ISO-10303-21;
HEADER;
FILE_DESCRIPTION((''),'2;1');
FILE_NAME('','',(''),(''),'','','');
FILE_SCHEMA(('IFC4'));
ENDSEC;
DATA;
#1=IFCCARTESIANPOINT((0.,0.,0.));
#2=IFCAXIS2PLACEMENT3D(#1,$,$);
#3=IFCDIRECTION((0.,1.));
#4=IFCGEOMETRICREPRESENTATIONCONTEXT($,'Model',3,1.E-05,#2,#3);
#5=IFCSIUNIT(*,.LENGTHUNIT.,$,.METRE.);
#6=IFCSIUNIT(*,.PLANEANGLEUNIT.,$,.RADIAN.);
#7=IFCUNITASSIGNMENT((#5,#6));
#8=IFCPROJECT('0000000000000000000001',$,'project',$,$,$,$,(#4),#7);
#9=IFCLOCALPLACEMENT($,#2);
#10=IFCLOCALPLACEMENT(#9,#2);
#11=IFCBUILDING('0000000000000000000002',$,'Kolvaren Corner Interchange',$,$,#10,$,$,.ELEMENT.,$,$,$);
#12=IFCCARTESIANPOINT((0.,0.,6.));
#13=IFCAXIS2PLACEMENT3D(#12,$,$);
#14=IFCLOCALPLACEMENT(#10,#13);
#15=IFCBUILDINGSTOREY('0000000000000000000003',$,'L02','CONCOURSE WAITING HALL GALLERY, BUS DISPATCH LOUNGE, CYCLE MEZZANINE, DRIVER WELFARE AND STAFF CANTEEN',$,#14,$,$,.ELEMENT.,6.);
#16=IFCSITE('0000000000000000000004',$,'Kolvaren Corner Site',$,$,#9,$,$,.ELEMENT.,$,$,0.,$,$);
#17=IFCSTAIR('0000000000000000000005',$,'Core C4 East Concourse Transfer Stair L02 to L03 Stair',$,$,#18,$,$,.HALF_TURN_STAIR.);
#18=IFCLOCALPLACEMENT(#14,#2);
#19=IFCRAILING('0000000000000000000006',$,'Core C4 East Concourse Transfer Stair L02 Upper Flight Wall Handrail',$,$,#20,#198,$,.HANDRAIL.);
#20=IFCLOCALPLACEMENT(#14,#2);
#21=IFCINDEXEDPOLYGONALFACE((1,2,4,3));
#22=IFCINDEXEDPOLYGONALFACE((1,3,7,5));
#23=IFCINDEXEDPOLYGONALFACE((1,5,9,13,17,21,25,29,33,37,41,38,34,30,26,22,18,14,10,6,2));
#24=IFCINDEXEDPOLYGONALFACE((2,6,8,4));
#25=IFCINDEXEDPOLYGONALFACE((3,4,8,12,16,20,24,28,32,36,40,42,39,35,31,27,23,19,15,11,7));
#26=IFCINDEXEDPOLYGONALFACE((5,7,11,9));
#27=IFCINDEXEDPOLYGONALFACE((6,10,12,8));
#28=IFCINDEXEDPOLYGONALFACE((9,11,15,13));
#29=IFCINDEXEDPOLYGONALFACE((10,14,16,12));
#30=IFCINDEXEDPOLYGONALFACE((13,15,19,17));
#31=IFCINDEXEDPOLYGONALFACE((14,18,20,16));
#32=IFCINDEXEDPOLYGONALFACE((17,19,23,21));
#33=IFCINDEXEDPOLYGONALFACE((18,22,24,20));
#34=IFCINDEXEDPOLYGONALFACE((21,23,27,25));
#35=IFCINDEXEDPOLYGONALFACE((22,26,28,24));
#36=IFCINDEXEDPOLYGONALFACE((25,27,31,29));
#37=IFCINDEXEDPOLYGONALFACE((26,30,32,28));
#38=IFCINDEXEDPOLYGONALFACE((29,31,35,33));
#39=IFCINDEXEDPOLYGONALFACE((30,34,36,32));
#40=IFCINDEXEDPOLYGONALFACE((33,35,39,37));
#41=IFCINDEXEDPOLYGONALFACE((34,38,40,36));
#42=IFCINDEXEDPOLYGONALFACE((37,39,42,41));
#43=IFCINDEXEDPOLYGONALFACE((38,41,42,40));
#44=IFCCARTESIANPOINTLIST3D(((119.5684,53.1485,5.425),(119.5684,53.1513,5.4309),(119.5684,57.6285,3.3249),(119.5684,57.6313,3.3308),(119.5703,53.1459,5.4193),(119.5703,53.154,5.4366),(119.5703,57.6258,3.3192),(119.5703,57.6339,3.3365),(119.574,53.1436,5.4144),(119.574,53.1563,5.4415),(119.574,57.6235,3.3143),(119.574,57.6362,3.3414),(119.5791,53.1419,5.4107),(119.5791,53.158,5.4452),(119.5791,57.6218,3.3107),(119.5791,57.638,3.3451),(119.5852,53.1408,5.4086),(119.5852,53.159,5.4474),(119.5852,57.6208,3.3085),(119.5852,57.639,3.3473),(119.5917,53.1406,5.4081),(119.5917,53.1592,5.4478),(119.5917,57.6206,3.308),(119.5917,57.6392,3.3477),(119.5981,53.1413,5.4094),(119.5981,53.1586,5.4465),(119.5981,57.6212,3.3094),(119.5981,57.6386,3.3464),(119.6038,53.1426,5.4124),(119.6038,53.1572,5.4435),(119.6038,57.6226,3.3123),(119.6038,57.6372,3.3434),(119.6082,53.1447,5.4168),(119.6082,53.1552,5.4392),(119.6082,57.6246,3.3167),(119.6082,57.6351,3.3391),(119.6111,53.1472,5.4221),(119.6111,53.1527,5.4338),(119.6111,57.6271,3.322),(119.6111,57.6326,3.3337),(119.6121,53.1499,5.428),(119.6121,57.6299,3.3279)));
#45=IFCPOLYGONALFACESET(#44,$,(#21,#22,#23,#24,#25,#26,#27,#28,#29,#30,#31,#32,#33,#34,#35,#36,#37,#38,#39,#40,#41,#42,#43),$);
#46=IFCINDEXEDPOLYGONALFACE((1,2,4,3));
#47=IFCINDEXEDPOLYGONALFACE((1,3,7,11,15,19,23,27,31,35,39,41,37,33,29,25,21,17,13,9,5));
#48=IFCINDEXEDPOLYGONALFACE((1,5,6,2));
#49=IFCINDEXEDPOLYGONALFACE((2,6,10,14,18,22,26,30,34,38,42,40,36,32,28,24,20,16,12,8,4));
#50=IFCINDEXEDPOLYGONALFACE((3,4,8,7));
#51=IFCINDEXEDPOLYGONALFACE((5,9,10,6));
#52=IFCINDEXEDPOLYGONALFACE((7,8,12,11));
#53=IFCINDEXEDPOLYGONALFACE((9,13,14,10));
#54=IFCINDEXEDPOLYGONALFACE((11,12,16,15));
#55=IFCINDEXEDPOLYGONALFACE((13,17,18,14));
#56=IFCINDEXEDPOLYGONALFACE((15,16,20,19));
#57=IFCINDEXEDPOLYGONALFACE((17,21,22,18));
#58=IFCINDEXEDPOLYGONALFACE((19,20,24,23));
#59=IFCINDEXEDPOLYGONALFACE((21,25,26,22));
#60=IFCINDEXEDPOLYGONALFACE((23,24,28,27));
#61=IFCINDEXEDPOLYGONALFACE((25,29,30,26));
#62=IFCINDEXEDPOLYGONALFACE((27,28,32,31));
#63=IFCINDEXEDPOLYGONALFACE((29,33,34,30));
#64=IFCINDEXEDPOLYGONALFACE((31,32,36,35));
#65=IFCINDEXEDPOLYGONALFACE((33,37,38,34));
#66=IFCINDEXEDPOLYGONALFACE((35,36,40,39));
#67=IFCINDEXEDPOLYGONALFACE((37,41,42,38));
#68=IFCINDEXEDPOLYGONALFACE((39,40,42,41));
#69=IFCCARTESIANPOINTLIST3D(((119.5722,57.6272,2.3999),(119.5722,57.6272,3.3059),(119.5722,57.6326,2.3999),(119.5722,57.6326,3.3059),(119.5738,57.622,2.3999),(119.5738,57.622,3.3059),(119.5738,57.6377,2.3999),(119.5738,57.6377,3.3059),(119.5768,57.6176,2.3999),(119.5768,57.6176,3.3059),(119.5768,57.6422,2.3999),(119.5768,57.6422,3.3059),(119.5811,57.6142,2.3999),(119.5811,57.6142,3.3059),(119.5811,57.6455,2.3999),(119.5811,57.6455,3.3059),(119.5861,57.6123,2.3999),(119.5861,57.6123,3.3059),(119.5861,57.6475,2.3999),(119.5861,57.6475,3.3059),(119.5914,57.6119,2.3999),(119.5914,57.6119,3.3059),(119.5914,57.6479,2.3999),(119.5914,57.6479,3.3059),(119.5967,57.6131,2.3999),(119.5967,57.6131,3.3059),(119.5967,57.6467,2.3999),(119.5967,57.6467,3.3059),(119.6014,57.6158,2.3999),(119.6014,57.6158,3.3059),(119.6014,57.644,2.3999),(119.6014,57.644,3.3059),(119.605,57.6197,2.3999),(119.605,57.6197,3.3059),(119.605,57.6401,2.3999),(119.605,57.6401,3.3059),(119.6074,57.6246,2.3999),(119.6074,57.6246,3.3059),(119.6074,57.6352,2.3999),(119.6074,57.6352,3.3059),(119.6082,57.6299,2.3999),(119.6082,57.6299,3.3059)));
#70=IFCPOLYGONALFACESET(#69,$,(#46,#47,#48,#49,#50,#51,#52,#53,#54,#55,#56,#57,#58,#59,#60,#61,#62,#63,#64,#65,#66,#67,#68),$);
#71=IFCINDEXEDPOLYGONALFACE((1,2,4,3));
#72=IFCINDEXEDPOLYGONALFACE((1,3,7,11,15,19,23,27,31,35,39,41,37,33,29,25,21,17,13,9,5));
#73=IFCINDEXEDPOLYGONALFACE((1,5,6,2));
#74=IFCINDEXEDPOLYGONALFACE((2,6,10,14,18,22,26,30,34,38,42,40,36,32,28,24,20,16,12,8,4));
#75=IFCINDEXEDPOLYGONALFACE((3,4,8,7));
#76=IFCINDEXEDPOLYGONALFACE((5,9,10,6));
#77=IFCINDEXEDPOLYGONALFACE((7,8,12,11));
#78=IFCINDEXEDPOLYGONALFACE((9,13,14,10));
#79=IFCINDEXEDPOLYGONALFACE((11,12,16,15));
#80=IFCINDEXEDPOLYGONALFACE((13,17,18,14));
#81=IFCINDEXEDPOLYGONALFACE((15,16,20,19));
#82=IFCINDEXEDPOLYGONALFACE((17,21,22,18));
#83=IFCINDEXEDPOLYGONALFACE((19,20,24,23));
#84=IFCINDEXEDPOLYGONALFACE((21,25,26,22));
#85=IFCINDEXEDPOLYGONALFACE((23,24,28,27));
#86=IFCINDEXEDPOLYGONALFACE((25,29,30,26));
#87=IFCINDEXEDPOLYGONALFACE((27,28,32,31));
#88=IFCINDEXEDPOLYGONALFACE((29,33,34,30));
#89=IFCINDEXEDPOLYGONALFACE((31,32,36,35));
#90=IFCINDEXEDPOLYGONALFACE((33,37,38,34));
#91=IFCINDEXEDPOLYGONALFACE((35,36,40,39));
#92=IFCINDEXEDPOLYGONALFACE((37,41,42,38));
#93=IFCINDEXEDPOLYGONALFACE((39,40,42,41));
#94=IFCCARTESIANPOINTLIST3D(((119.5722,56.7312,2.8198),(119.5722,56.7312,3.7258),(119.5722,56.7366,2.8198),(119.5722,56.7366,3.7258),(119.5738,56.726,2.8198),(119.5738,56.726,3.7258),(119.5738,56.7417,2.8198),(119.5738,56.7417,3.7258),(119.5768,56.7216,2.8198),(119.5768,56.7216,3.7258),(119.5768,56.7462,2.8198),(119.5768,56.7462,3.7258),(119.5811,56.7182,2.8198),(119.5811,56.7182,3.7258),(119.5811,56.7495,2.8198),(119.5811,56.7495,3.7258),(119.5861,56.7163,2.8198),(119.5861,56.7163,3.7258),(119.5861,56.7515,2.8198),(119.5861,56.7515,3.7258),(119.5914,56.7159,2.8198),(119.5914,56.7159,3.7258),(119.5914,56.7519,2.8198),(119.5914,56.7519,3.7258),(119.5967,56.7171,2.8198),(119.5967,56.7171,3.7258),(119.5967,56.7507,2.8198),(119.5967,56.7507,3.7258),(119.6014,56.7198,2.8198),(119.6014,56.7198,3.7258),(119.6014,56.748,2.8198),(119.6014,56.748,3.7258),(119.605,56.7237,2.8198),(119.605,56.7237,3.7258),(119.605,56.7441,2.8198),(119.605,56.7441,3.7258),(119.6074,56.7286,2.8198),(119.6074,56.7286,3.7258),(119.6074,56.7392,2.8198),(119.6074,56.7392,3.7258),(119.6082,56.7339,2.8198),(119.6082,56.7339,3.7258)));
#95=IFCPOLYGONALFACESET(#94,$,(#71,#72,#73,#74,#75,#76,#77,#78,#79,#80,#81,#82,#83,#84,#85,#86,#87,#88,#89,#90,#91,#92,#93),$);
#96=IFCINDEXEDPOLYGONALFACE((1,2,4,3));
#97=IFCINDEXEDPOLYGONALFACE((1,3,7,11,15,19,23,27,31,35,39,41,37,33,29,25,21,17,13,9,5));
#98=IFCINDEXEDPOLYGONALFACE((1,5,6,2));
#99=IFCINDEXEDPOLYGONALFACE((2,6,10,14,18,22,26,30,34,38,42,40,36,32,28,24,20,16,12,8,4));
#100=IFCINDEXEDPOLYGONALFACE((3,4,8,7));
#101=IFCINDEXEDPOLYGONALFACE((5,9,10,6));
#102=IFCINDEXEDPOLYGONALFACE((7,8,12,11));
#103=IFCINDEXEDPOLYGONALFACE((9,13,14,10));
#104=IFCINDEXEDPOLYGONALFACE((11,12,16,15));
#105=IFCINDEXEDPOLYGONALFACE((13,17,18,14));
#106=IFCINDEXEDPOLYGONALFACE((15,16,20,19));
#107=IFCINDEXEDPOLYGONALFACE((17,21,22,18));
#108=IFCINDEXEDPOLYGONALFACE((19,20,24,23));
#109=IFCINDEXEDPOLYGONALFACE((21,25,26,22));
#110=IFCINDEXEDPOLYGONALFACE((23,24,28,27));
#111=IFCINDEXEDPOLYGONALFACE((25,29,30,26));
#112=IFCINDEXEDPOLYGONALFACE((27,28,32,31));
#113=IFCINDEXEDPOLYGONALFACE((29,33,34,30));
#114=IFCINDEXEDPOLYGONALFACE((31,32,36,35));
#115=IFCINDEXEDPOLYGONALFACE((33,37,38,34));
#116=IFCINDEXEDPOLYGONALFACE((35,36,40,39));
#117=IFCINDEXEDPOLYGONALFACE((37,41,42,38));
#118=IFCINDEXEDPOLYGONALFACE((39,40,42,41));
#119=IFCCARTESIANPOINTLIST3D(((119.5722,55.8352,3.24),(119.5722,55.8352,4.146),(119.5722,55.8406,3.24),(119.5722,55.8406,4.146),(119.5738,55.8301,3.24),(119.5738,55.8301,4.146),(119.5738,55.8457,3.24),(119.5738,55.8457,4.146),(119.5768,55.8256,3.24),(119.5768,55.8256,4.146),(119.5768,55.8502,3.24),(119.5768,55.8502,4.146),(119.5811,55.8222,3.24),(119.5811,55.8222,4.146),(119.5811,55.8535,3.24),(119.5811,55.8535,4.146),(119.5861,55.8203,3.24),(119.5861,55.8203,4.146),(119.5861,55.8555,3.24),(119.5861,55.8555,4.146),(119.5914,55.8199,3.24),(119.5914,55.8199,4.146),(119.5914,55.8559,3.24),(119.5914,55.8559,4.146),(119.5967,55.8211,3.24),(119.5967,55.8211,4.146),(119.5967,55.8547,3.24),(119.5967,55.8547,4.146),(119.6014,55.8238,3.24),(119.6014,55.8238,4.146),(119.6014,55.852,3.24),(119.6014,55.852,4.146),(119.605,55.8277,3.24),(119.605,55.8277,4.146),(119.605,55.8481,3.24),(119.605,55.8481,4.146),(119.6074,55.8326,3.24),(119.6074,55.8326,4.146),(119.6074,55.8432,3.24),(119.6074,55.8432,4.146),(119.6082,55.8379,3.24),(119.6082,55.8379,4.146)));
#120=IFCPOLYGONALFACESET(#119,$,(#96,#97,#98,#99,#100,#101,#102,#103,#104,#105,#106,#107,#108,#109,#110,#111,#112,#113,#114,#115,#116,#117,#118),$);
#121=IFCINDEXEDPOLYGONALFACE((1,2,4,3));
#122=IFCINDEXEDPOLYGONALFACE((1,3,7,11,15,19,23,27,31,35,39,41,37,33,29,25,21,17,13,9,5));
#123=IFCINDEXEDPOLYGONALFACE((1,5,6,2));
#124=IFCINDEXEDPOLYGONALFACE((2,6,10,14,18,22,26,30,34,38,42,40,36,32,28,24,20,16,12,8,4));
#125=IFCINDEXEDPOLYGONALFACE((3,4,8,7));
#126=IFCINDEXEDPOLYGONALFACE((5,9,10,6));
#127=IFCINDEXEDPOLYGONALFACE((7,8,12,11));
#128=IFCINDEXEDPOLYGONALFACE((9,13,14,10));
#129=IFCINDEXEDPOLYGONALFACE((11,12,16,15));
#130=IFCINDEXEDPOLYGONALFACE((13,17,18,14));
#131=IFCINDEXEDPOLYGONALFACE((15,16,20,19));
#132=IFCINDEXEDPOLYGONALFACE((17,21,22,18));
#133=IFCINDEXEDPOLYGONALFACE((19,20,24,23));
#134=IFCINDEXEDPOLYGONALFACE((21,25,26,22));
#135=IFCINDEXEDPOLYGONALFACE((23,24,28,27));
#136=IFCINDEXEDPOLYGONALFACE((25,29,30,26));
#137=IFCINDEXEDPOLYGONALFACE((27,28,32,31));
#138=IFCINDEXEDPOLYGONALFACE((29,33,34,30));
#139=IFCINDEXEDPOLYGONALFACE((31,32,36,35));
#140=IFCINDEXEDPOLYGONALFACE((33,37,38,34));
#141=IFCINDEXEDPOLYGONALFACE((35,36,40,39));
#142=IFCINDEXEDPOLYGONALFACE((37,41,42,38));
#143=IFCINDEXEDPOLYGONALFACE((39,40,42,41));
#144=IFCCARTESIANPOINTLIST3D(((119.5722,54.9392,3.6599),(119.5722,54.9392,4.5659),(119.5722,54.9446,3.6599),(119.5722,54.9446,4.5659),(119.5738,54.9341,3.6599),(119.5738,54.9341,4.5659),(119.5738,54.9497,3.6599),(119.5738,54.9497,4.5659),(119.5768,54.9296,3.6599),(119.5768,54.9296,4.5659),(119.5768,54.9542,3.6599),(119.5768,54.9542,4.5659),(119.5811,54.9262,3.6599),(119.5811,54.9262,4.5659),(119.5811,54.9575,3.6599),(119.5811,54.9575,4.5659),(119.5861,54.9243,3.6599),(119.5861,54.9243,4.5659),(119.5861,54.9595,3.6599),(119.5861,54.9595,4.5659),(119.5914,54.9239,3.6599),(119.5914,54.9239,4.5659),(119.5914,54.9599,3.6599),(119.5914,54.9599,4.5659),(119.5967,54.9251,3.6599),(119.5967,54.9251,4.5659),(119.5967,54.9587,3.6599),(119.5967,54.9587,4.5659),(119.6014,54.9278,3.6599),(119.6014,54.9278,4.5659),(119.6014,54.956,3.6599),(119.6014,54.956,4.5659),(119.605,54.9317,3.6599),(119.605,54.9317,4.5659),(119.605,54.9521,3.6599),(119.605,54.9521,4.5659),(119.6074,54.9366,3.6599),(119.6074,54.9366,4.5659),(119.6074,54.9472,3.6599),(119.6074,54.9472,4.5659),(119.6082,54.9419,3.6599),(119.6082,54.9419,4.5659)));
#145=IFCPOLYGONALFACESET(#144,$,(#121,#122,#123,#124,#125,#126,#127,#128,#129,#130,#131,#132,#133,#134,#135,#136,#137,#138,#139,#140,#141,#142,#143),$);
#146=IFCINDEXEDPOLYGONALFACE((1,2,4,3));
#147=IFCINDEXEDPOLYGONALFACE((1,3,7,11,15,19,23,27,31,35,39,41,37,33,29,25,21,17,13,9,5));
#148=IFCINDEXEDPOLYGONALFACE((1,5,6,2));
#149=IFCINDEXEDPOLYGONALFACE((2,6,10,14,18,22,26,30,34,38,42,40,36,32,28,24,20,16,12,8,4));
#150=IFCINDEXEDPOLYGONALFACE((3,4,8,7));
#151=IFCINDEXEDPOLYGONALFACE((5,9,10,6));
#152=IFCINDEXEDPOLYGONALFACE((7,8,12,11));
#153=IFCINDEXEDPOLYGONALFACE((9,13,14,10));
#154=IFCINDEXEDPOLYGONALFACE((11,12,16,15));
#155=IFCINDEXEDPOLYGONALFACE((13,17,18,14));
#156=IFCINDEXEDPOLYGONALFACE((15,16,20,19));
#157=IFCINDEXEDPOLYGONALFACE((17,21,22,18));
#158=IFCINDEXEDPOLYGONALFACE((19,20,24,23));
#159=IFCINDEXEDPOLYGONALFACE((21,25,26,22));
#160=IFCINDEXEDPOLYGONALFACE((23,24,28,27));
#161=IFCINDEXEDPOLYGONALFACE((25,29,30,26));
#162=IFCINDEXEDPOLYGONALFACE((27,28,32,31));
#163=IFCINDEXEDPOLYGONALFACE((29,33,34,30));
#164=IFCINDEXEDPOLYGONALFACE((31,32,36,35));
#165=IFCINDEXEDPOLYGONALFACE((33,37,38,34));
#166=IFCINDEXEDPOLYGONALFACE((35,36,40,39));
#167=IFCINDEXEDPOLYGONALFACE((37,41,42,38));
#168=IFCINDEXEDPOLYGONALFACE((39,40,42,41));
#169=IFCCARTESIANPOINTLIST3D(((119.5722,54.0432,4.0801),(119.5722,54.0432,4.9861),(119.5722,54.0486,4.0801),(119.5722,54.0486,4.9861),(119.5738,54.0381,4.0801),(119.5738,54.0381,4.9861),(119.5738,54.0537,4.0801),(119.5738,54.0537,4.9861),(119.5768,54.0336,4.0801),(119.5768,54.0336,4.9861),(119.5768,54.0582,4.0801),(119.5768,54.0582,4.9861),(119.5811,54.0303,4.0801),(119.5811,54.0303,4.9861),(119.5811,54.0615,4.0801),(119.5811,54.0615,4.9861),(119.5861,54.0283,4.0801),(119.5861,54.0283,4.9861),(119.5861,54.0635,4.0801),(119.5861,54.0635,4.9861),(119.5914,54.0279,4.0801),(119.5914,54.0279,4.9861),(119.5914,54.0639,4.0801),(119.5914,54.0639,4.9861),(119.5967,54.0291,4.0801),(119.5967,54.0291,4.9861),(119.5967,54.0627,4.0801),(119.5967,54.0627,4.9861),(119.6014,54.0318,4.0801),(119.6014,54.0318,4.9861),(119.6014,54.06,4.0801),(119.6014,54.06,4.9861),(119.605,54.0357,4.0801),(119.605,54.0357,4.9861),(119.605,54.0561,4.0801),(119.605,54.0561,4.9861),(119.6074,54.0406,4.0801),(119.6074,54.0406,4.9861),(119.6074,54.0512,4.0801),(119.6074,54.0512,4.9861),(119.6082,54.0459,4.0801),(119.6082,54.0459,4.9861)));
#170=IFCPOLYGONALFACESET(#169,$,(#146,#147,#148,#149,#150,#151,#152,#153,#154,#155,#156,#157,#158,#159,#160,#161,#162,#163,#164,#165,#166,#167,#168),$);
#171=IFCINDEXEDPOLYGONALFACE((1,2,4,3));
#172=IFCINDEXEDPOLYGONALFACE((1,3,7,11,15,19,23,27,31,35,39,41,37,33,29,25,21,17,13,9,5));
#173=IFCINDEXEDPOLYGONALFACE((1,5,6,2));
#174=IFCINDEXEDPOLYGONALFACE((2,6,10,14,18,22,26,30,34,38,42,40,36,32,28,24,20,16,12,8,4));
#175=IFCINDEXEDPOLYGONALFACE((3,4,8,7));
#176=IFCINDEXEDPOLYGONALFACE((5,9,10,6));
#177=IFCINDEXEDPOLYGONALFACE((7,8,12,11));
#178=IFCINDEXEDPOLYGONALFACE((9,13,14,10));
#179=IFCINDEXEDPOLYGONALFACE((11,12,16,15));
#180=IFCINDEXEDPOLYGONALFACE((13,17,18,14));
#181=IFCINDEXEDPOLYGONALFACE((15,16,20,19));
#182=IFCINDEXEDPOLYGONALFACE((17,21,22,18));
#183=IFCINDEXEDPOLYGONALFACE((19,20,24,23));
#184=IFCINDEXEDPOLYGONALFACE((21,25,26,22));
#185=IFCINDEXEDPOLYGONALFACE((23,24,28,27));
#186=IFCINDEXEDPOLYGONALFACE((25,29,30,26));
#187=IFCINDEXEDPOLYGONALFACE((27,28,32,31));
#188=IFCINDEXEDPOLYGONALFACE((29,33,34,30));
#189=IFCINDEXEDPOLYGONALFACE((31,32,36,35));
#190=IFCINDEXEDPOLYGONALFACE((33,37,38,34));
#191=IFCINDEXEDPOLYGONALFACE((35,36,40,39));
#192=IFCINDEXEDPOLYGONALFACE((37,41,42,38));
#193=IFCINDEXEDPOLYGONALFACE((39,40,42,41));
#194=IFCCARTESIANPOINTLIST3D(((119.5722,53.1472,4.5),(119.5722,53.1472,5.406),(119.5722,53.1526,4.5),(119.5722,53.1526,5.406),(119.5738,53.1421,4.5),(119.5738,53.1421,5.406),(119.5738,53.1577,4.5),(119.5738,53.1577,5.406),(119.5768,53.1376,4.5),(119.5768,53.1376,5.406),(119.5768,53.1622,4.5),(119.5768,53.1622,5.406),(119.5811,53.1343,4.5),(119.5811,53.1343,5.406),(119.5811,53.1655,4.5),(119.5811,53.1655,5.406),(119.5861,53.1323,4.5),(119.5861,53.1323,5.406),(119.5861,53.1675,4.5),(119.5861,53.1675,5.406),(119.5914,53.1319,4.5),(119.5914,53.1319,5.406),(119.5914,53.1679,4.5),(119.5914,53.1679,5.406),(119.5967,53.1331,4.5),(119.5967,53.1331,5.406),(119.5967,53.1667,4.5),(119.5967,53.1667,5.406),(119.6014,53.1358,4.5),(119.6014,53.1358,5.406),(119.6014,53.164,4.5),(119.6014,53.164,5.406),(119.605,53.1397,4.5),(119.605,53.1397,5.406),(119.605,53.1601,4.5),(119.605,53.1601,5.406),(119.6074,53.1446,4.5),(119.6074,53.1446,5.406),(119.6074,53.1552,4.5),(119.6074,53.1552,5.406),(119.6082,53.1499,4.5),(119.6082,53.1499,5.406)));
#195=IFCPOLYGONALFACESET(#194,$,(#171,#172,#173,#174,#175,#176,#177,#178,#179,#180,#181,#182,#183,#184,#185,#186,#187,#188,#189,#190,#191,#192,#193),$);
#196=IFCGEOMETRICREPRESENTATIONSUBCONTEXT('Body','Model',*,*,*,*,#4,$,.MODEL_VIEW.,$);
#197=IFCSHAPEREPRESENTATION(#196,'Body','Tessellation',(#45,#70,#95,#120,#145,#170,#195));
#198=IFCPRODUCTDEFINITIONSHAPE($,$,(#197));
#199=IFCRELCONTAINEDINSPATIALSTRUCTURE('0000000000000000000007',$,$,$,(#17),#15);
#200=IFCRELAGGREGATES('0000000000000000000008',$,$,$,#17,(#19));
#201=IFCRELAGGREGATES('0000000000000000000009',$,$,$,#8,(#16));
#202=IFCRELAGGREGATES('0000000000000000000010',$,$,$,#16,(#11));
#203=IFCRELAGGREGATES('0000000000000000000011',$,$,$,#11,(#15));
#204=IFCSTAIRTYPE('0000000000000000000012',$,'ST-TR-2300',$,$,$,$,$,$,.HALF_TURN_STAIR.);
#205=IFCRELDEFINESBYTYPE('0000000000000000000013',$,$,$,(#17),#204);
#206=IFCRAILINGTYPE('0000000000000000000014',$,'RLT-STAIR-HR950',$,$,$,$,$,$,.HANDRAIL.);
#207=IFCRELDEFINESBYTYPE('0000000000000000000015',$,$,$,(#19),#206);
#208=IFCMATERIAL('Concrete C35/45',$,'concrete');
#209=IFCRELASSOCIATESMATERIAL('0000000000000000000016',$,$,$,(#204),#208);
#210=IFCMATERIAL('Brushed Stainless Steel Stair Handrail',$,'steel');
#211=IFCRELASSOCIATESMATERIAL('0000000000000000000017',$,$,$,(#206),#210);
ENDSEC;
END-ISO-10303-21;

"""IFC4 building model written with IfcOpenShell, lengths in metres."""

from ifc_helpers import new_model, si_unit, direction, frame, origin, origin_2d, place, context, subcontext, project, spatial, circle, extrude, material, type_object, element, aggregate, save


model = new_model("IFC4")

# Units and contexts
model_context = context("Model", 3, precision=1e-05, world=origin(), true_north=direction((0.0, 1.0)))
body_context = subcontext(model_context, "Body", "Model", "MODEL_VIEW")
ifc_project = project(units=[si_unit("LENGTHUNIT", "METRE"), si_unit("PLANEANGLEUNIT", "RADIAN")], contexts=[model_context])

# Site, building, storey
site_placement = place(None, origin())
site = spatial("IfcSite", under=ifc_project, at=site_placement, Name="Kolvaren Corner Site", CompositionType="ELEMENT", RefElevation=0.0)
building_placement = place(site_placement, origin())
building = spatial("IfcBuilding", under=site, at=building_placement, Name="Kolvaren Corner Interchange", CompositionType="ELEMENT")
storey_placement = place(building_placement, frame((0.0, 0.0, 6.0)))
storey = spatial("IfcBuildingStorey", under=building, at=storey_placement, Name="L02", Description="CONCOURSE WAITING HALL GALLERY, BUS DISPATCH LOUNGE, CYCLE MEZZANINE, DRIVER WELFARE AND STAFF CANTEEN", CompositionType="ELEMENT", Elevation=6.0)

# Stair, railing
ifc_material_1 = material(Name="Concrete C35/45", Category="concrete")
stair_type = type_object("IfcStairType", Name="ST-TR-2300", PredefinedType="HALF_TURN_STAIR", material=ifc_material_1)
stair_placement = place(storey_placement, origin())
stair = element("IfcStair", 1, at=stair_placement, inside=storey, type_object=stair_type, Name="Core C4 East Concourse Transfer Stair L02 to L03 Stair", PredefinedType="HALF_TURN_STAIR")
ifc_material_2 = material(Name="Brushed Stainless Steel Stair Handrail", Category="steel")
railing_type_1 = type_object("IfcRailingType", Name="RLT-STAIR-HR950", PredefinedType="HANDRAIL", material=ifc_material_2)
railing_1_placement = place(storey_placement, frame((119.5901, 57.6299, 2.3999)))
railing_1 = element("IfcRailing", 2, at=railing_1_placement, type_object=railing_type_1, Name="Core C4 East Concourse Transfer Stair L02 Upper Flight Wall Handrail", PredefinedType="HANDRAIL", context=body_context, shape_type="SweptSolid", body=[
    extrude(circle(Radius=0.022, at=origin_2d()), frame((0.0, 0.0, 0.928), z_axis=(0.0, -0.905451, 0.424452), x_axis=(1.0, 0.0, 0.0)), (0.0, 0.0, 1.0), 4.9478),
    extrude(circle(Radius=0.0181, at=origin_2d()), origin(), (0.0, 0.0, 1.0), 0.906),
    extrude(circle(Radius=0.0181, at=origin_2d()), frame((0.0, -0.896, 0.4199)), (0.0, 0.0, 1.0), 0.906),
    extrude(circle(Radius=0.0181, at=origin_2d()), frame((0.0, -1.792, 0.8401)), (0.0, 0.0, 1.0), 0.906),
    extrude(circle(Radius=0.0181, at=origin_2d()), frame((0.0, -2.688, 1.26)), (0.0, 0.0, 1.0), 0.906),
    extrude(circle(Radius=0.0181, at=origin_2d()), frame((0.0, -3.584, 1.6802)), (0.0, 0.0, 1.0), 0.906),
    extrude(circle(Radius=0.0181, at=origin_2d()), frame((0.0, -4.48, 2.1001)), (0.0, 0.0, 1.0), 0.906),
])
aggregate(stair, [railing_1])

save(model, "model.ifc")
